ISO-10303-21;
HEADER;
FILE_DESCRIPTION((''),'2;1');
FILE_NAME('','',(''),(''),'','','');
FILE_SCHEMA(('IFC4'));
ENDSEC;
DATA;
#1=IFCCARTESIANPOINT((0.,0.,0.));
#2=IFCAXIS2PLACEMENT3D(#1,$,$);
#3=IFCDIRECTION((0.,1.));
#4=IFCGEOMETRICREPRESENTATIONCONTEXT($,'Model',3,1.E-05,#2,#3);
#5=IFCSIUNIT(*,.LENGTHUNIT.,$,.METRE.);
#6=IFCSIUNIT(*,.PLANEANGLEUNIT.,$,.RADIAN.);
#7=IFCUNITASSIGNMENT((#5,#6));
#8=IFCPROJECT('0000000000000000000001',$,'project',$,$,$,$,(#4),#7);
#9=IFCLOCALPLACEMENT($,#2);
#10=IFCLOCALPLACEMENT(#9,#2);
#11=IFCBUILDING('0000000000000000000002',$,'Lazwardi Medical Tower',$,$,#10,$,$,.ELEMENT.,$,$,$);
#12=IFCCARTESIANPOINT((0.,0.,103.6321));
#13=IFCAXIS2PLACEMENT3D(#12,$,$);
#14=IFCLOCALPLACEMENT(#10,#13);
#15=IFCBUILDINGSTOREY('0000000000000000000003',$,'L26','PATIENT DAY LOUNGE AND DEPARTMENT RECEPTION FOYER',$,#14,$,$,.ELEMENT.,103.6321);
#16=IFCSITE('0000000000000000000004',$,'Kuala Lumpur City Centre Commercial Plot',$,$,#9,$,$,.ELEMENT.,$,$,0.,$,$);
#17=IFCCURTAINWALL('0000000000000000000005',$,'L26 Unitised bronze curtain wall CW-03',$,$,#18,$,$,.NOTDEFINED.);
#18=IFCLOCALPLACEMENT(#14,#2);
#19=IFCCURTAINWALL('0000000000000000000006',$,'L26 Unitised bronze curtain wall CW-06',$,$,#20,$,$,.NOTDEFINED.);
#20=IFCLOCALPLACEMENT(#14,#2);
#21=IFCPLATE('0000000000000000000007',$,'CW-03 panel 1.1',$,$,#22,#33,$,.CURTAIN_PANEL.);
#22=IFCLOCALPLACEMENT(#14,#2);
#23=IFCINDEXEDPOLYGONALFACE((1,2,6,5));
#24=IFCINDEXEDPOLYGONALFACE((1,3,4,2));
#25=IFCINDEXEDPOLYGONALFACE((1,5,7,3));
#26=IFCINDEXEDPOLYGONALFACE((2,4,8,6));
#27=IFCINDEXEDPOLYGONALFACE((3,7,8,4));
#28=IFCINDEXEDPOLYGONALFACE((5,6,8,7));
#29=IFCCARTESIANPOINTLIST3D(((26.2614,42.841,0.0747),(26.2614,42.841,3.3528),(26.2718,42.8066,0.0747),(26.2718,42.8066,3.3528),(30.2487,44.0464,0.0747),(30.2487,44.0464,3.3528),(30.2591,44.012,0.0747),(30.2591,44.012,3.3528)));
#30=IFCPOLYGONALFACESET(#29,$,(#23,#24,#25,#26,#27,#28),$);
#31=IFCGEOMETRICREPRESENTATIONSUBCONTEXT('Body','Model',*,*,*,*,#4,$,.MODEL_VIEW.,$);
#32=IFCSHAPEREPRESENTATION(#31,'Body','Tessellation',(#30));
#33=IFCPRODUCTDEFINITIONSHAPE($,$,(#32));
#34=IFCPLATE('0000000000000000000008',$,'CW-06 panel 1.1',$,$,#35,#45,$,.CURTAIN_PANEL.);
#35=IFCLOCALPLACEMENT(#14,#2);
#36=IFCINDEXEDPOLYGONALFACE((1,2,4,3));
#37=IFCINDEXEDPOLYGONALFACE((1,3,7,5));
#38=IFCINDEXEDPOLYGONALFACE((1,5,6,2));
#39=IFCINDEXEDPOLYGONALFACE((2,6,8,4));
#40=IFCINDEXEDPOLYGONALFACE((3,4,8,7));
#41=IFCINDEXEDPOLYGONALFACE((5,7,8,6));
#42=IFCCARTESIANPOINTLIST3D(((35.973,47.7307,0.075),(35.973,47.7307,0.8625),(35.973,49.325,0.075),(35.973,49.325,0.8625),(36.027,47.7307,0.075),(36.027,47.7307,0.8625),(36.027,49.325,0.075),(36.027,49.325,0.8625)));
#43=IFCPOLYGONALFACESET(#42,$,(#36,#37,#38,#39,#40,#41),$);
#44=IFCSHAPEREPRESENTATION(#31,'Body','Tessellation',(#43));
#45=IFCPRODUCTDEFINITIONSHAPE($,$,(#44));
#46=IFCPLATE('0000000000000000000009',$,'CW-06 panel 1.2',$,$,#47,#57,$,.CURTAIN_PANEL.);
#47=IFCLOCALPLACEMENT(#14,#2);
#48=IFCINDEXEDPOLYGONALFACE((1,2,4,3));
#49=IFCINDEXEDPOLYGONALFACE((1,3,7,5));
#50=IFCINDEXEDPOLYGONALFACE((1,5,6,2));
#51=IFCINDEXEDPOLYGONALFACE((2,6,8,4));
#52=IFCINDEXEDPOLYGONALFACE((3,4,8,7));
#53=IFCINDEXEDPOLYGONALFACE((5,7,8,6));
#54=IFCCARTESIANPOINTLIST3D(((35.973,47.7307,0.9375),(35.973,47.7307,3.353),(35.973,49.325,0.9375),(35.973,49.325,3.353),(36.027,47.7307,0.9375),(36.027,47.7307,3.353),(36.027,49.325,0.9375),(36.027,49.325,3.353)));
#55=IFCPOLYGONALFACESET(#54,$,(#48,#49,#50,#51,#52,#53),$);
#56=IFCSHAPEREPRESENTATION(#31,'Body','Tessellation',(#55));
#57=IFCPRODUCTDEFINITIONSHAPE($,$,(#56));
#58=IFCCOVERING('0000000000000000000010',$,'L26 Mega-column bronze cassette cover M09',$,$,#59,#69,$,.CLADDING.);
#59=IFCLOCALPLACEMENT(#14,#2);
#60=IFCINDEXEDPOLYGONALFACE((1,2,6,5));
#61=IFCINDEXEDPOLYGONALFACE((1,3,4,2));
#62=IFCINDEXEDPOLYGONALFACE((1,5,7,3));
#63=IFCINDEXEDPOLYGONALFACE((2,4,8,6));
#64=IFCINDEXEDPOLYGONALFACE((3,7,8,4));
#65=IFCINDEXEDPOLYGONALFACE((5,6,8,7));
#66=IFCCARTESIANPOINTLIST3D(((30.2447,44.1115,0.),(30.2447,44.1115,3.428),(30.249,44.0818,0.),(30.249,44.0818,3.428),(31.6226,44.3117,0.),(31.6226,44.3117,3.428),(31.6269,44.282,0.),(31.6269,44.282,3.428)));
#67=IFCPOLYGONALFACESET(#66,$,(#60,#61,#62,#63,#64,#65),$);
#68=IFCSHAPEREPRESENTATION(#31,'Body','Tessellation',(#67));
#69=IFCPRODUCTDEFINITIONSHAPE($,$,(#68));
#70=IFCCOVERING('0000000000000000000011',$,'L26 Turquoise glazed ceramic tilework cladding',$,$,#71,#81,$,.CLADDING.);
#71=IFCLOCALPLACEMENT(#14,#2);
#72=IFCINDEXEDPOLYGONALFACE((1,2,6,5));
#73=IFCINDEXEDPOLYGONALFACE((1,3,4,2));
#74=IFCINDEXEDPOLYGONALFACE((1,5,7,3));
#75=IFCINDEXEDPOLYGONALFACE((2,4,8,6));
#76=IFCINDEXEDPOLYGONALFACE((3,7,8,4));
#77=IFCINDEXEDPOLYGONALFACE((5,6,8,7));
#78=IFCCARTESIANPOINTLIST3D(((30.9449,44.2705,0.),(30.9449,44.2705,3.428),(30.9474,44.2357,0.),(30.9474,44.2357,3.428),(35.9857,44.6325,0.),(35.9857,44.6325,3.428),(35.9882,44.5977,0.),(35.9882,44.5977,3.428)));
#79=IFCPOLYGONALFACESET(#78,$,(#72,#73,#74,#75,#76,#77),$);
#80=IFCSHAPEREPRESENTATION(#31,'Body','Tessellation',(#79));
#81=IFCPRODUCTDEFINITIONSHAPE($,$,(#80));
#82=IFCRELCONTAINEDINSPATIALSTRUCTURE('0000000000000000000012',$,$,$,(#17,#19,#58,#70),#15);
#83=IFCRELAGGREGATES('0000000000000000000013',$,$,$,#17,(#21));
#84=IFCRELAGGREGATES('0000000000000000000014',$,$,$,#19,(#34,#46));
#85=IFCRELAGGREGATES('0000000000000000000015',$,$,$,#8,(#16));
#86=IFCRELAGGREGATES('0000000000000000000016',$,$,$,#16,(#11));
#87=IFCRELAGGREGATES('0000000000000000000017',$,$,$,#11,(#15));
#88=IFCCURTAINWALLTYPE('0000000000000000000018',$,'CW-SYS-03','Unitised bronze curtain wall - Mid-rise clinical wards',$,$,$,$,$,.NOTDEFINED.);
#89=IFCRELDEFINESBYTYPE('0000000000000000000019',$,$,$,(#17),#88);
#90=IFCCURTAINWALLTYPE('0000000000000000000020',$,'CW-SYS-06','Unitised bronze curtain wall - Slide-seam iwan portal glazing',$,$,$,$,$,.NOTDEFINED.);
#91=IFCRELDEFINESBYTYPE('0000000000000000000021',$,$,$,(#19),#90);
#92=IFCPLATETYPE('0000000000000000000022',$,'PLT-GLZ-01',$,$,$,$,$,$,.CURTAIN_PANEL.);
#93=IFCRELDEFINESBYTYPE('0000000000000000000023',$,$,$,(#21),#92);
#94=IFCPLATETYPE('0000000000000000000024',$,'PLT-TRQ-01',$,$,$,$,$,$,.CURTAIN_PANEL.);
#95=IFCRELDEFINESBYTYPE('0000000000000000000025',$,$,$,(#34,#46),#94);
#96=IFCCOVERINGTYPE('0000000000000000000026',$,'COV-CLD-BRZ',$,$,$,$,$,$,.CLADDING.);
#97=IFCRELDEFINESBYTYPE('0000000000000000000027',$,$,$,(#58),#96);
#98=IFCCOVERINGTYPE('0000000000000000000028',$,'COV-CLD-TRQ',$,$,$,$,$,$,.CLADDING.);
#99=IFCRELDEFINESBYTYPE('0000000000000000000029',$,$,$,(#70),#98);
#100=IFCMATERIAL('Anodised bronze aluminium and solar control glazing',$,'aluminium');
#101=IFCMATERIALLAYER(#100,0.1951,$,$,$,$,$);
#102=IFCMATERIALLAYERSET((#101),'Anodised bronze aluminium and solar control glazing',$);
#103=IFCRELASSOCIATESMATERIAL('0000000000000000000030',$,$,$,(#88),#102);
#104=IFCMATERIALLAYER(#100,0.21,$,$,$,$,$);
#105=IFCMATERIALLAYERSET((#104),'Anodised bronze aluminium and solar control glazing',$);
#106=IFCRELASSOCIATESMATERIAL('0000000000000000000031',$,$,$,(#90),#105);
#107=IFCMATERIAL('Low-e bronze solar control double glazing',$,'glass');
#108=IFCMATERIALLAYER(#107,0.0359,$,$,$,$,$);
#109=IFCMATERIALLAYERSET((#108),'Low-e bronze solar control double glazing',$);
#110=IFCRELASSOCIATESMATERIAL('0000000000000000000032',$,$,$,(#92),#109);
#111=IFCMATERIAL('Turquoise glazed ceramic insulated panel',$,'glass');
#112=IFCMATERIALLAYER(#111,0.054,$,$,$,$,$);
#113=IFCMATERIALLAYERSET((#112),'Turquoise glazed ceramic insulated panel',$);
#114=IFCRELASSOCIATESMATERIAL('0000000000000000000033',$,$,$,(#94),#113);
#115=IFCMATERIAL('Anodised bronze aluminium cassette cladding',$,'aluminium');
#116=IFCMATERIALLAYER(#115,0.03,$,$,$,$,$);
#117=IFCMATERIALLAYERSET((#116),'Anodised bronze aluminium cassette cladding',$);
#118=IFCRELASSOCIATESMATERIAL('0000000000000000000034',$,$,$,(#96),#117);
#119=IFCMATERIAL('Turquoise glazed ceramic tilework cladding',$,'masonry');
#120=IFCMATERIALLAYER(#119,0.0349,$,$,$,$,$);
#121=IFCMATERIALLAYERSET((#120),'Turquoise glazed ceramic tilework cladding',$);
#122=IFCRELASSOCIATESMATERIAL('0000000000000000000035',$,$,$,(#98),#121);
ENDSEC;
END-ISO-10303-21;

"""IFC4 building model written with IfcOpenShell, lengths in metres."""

from ifc_helpers import new_model, si_unit, direction, frame, origin, origin_2d, place, context, subcontext, project, spatial, rectangle, extrude, material, layer, layer_set, type_object, element, aggregate, save


model = new_model("IFC4")

# Units and contexts
model_context = context("Model", 3, precision=1e-05, world=origin(), true_north=direction((0.0, 1.0)))
body_context = subcontext(model_context, "Body", "Model", "MODEL_VIEW")
ifc_project = project(units=[si_unit("LENGTHUNIT", "METRE"), si_unit("PLANEANGLEUNIT", "RADIAN")], contexts=[model_context])

# Site, building, storey
site_placement = place(None, origin())
site = spatial("IfcSite", under=ifc_project, at=site_placement, Name="Kuala Lumpur City Centre Commercial Plot", CompositionType="ELEMENT", RefElevation=0.0)
building_placement = place(site_placement, origin())
building = spatial("IfcBuilding", under=site, at=building_placement, Name="Lazwardi Medical Tower", CompositionType="ELEMENT")
storey_placement = place(building_placement, frame((0.0, 0.0, 103.6321)))
storey = spatial("IfcBuildingStorey", under=building, at=storey_placement, Name="L26", Description="PATIENT DAY LOUNGE AND DEPARTMENT RECEPTION FOYER", CompositionType="ELEMENT", Elevation=103.6321)

# Curtain walls
ifc_material_1 = material(Name="Anodised bronze aluminium and solar control glazing", Category="aluminium")
ifc_layer_1 = layer(ifc_material_1, 0.1951)
ifc_layer_set_1 = layer_set([ifc_layer_1], Name="Anodised bronze aluminium and solar control glazing")
curtain_wall_type_1 = type_object("IfcCurtainWallType", Name="CW-SYS-03", Description="Unitised bronze curtain wall - Mid-rise clinical wards", PredefinedType="NOTDEFINED", material=ifc_layer_set_1)
curtain_wall_1_placement = place(storey_placement, origin())
curtain_wall_1 = element("IfcCurtainWall", 1, at=curtain_wall_1_placement, inside=storey, type_object=curtain_wall_type_1, Name="L26 Unitised bronze curtain wall CW-03", PredefinedType="NOTDEFINED")
ifc_layer_2 = layer(ifc_material_1, 0.21)
ifc_layer_set_2 = layer_set([ifc_layer_2], Name="Anodised bronze aluminium and solar control glazing")
curtain_wall_type_2 = type_object("IfcCurtainWallType", Name="CW-SYS-06", Description="Unitised bronze curtain wall - Slide-seam iwan portal glazing", PredefinedType="NOTDEFINED", material=ifc_layer_set_2)
curtain_wall_2_placement = place(storey_placement, origin())
curtain_wall_2 = element("IfcCurtainWall", 2, at=curtain_wall_2_placement, inside=storey, type_object=curtain_wall_type_2, Name="L26 Unitised bronze curtain wall CW-06", PredefinedType="NOTDEFINED")

# Plates
ifc_material_2 = material(Name="Low-e bronze solar control double glazing", Category="glass")
ifc_layer_3 = layer(ifc_material_2, 0.0359)
ifc_layer_set_3 = layer_set([ifc_layer_3], Name="Low-e bronze solar control double glazing")
plate_type_1 = type_object("IfcPlateType", Name="PLT-GLZ-01", PredefinedType="CURTAIN_PANEL", material=ifc_layer_set_3)
plate_1_placement = place(storey_placement, frame((28.2603, 43.4265, 0.0747), z_axis=(0.0, 0.0, 1.0), x_axis=(-0.957216, -0.289374, 0.0)))
plate_1 = element("IfcPlate", 3, at=plate_1_placement, type_object=plate_type_1, Name="CW-03 panel 1.1", PredefinedType="CURTAIN_PANEL", context=body_context, shape_type="SweptSolid", body=[
    extrude(rectangle(XDim=4.1655, YDim=0.0359, at=origin_2d()), origin(), (0.0, 0.0, 1.0), 3.2781),
])
aggregate(curtain_wall_1, [plate_1])
ifc_material_3 = material(Name="Turquoise glazed ceramic insulated panel", Category="glass")
ifc_layer_4 = layer(ifc_material_3, 0.054)
ifc_layer_set_4 = layer_set([ifc_layer_4], Name="Turquoise glazed ceramic insulated panel")
plate_type_2 = type_object("IfcPlateType", Name="PLT-TRQ-01", PredefinedType="CURTAIN_PANEL", material=ifc_layer_set_4)
plate_2_placement = place(storey_placement, frame((36.0, 48.5278, 0.075), z_axis=(0.0, 0.0, 1.0), x_axis=(0.0, -1.0, 0.0)))
plate_2 = element("IfcPlate", 4, at=plate_2_placement, type_object=plate_type_2, Name="CW-06 panel 1.1", PredefinedType="CURTAIN_PANEL", context=body_context, shape_type="SweptSolid", body=[
    extrude(rectangle(XDim=1.5942, YDim=0.054, at=origin_2d()), origin(), (0.0, 0.0, 1.0), 0.7876),
])
plate_3_placement = place(storey_placement, frame((36.0, 48.5278, 0.9375), z_axis=(0.0, 0.0, 1.0), x_axis=(0.0, -1.0, 0.0)))
plate_3 = element("IfcPlate", 5, at=plate_3_placement, type_object=plate_type_2, Name="CW-06 panel 1.2", PredefinedType="CURTAIN_PANEL", context=body_context, shape_type="SweptSolid", body=[
    extrude(rectangle(XDim=1.5942, YDim=0.054, at=origin_2d()), origin(), (0.0, 0.0, 1.0), 2.4155),
])
aggregate(curtain_wall_2, [plate_2, plate_3])

# Coverings
ifc_material_4 = material(Name="Anodised bronze aluminium cassette cladding", Category="aluminium")
ifc_layer_5 = layer(ifc_material_4, 0.03)
ifc_layer_set_5 = layer_set([ifc_layer_5], Name="Anodised bronze aluminium cassette cladding")
covering_type_1 = type_object("IfcCoveringType", Name="COV-CLD-BRZ", PredefinedType="CLADDING", material=ifc_layer_set_5)
covering_1_placement = place(storey_placement, frame((30.9358, 44.1968, 0.0), z_axis=(0.0, 0.0, 1.0), x_axis=(-0.989609, -0.143785, 0.0)))
element("IfcCovering", 6, at=covering_1_placement, inside=storey, type_object=covering_type_1, Name="L26 Mega-column bronze cassette cover M09", PredefinedType="CLADDING", context=body_context, shape_type="SweptSolid", body=[
    extrude(rectangle(XDim=1.3923, YDim=0.03, at=origin_2d()), origin(), (0.0, 0.0, 1.0), 3.428),
])
ifc_material_5 = material(Name="Turquoise glazed ceramic tilework cladding", Category="masonry")
ifc_layer_6 = layer(ifc_material_5, 0.0349)
ifc_layer_set_6 = layer_set([ifc_layer_6], Name="Turquoise glazed ceramic tilework cladding")
covering_type_2 = type_object("IfcCoveringType", Name="COV-CLD-TRQ", PredefinedType="CLADDING", material=ifc_layer_set_6)
covering_2_placement = place(storey_placement, frame((33.4666, 44.4341, 0.0), z_axis=(0.0, 0.0, 1.0), x_axis=(-0.997431, -0.071631, 0.0)))
element("IfcCovering", 7, at=covering_2_placement, inside=storey, type_object=covering_type_2, Name="L26 Turquoise glazed ceramic tilework cladding", PredefinedType="CLADDING", context=body_context, shape_type="SweptSolid", body=[
    extrude(rectangle(XDim=5.0537, YDim=0.0349, at=origin_2d()), origin(), (0.0, 0.0, 1.0), 3.428),
])

save(model, "model.ifc")
